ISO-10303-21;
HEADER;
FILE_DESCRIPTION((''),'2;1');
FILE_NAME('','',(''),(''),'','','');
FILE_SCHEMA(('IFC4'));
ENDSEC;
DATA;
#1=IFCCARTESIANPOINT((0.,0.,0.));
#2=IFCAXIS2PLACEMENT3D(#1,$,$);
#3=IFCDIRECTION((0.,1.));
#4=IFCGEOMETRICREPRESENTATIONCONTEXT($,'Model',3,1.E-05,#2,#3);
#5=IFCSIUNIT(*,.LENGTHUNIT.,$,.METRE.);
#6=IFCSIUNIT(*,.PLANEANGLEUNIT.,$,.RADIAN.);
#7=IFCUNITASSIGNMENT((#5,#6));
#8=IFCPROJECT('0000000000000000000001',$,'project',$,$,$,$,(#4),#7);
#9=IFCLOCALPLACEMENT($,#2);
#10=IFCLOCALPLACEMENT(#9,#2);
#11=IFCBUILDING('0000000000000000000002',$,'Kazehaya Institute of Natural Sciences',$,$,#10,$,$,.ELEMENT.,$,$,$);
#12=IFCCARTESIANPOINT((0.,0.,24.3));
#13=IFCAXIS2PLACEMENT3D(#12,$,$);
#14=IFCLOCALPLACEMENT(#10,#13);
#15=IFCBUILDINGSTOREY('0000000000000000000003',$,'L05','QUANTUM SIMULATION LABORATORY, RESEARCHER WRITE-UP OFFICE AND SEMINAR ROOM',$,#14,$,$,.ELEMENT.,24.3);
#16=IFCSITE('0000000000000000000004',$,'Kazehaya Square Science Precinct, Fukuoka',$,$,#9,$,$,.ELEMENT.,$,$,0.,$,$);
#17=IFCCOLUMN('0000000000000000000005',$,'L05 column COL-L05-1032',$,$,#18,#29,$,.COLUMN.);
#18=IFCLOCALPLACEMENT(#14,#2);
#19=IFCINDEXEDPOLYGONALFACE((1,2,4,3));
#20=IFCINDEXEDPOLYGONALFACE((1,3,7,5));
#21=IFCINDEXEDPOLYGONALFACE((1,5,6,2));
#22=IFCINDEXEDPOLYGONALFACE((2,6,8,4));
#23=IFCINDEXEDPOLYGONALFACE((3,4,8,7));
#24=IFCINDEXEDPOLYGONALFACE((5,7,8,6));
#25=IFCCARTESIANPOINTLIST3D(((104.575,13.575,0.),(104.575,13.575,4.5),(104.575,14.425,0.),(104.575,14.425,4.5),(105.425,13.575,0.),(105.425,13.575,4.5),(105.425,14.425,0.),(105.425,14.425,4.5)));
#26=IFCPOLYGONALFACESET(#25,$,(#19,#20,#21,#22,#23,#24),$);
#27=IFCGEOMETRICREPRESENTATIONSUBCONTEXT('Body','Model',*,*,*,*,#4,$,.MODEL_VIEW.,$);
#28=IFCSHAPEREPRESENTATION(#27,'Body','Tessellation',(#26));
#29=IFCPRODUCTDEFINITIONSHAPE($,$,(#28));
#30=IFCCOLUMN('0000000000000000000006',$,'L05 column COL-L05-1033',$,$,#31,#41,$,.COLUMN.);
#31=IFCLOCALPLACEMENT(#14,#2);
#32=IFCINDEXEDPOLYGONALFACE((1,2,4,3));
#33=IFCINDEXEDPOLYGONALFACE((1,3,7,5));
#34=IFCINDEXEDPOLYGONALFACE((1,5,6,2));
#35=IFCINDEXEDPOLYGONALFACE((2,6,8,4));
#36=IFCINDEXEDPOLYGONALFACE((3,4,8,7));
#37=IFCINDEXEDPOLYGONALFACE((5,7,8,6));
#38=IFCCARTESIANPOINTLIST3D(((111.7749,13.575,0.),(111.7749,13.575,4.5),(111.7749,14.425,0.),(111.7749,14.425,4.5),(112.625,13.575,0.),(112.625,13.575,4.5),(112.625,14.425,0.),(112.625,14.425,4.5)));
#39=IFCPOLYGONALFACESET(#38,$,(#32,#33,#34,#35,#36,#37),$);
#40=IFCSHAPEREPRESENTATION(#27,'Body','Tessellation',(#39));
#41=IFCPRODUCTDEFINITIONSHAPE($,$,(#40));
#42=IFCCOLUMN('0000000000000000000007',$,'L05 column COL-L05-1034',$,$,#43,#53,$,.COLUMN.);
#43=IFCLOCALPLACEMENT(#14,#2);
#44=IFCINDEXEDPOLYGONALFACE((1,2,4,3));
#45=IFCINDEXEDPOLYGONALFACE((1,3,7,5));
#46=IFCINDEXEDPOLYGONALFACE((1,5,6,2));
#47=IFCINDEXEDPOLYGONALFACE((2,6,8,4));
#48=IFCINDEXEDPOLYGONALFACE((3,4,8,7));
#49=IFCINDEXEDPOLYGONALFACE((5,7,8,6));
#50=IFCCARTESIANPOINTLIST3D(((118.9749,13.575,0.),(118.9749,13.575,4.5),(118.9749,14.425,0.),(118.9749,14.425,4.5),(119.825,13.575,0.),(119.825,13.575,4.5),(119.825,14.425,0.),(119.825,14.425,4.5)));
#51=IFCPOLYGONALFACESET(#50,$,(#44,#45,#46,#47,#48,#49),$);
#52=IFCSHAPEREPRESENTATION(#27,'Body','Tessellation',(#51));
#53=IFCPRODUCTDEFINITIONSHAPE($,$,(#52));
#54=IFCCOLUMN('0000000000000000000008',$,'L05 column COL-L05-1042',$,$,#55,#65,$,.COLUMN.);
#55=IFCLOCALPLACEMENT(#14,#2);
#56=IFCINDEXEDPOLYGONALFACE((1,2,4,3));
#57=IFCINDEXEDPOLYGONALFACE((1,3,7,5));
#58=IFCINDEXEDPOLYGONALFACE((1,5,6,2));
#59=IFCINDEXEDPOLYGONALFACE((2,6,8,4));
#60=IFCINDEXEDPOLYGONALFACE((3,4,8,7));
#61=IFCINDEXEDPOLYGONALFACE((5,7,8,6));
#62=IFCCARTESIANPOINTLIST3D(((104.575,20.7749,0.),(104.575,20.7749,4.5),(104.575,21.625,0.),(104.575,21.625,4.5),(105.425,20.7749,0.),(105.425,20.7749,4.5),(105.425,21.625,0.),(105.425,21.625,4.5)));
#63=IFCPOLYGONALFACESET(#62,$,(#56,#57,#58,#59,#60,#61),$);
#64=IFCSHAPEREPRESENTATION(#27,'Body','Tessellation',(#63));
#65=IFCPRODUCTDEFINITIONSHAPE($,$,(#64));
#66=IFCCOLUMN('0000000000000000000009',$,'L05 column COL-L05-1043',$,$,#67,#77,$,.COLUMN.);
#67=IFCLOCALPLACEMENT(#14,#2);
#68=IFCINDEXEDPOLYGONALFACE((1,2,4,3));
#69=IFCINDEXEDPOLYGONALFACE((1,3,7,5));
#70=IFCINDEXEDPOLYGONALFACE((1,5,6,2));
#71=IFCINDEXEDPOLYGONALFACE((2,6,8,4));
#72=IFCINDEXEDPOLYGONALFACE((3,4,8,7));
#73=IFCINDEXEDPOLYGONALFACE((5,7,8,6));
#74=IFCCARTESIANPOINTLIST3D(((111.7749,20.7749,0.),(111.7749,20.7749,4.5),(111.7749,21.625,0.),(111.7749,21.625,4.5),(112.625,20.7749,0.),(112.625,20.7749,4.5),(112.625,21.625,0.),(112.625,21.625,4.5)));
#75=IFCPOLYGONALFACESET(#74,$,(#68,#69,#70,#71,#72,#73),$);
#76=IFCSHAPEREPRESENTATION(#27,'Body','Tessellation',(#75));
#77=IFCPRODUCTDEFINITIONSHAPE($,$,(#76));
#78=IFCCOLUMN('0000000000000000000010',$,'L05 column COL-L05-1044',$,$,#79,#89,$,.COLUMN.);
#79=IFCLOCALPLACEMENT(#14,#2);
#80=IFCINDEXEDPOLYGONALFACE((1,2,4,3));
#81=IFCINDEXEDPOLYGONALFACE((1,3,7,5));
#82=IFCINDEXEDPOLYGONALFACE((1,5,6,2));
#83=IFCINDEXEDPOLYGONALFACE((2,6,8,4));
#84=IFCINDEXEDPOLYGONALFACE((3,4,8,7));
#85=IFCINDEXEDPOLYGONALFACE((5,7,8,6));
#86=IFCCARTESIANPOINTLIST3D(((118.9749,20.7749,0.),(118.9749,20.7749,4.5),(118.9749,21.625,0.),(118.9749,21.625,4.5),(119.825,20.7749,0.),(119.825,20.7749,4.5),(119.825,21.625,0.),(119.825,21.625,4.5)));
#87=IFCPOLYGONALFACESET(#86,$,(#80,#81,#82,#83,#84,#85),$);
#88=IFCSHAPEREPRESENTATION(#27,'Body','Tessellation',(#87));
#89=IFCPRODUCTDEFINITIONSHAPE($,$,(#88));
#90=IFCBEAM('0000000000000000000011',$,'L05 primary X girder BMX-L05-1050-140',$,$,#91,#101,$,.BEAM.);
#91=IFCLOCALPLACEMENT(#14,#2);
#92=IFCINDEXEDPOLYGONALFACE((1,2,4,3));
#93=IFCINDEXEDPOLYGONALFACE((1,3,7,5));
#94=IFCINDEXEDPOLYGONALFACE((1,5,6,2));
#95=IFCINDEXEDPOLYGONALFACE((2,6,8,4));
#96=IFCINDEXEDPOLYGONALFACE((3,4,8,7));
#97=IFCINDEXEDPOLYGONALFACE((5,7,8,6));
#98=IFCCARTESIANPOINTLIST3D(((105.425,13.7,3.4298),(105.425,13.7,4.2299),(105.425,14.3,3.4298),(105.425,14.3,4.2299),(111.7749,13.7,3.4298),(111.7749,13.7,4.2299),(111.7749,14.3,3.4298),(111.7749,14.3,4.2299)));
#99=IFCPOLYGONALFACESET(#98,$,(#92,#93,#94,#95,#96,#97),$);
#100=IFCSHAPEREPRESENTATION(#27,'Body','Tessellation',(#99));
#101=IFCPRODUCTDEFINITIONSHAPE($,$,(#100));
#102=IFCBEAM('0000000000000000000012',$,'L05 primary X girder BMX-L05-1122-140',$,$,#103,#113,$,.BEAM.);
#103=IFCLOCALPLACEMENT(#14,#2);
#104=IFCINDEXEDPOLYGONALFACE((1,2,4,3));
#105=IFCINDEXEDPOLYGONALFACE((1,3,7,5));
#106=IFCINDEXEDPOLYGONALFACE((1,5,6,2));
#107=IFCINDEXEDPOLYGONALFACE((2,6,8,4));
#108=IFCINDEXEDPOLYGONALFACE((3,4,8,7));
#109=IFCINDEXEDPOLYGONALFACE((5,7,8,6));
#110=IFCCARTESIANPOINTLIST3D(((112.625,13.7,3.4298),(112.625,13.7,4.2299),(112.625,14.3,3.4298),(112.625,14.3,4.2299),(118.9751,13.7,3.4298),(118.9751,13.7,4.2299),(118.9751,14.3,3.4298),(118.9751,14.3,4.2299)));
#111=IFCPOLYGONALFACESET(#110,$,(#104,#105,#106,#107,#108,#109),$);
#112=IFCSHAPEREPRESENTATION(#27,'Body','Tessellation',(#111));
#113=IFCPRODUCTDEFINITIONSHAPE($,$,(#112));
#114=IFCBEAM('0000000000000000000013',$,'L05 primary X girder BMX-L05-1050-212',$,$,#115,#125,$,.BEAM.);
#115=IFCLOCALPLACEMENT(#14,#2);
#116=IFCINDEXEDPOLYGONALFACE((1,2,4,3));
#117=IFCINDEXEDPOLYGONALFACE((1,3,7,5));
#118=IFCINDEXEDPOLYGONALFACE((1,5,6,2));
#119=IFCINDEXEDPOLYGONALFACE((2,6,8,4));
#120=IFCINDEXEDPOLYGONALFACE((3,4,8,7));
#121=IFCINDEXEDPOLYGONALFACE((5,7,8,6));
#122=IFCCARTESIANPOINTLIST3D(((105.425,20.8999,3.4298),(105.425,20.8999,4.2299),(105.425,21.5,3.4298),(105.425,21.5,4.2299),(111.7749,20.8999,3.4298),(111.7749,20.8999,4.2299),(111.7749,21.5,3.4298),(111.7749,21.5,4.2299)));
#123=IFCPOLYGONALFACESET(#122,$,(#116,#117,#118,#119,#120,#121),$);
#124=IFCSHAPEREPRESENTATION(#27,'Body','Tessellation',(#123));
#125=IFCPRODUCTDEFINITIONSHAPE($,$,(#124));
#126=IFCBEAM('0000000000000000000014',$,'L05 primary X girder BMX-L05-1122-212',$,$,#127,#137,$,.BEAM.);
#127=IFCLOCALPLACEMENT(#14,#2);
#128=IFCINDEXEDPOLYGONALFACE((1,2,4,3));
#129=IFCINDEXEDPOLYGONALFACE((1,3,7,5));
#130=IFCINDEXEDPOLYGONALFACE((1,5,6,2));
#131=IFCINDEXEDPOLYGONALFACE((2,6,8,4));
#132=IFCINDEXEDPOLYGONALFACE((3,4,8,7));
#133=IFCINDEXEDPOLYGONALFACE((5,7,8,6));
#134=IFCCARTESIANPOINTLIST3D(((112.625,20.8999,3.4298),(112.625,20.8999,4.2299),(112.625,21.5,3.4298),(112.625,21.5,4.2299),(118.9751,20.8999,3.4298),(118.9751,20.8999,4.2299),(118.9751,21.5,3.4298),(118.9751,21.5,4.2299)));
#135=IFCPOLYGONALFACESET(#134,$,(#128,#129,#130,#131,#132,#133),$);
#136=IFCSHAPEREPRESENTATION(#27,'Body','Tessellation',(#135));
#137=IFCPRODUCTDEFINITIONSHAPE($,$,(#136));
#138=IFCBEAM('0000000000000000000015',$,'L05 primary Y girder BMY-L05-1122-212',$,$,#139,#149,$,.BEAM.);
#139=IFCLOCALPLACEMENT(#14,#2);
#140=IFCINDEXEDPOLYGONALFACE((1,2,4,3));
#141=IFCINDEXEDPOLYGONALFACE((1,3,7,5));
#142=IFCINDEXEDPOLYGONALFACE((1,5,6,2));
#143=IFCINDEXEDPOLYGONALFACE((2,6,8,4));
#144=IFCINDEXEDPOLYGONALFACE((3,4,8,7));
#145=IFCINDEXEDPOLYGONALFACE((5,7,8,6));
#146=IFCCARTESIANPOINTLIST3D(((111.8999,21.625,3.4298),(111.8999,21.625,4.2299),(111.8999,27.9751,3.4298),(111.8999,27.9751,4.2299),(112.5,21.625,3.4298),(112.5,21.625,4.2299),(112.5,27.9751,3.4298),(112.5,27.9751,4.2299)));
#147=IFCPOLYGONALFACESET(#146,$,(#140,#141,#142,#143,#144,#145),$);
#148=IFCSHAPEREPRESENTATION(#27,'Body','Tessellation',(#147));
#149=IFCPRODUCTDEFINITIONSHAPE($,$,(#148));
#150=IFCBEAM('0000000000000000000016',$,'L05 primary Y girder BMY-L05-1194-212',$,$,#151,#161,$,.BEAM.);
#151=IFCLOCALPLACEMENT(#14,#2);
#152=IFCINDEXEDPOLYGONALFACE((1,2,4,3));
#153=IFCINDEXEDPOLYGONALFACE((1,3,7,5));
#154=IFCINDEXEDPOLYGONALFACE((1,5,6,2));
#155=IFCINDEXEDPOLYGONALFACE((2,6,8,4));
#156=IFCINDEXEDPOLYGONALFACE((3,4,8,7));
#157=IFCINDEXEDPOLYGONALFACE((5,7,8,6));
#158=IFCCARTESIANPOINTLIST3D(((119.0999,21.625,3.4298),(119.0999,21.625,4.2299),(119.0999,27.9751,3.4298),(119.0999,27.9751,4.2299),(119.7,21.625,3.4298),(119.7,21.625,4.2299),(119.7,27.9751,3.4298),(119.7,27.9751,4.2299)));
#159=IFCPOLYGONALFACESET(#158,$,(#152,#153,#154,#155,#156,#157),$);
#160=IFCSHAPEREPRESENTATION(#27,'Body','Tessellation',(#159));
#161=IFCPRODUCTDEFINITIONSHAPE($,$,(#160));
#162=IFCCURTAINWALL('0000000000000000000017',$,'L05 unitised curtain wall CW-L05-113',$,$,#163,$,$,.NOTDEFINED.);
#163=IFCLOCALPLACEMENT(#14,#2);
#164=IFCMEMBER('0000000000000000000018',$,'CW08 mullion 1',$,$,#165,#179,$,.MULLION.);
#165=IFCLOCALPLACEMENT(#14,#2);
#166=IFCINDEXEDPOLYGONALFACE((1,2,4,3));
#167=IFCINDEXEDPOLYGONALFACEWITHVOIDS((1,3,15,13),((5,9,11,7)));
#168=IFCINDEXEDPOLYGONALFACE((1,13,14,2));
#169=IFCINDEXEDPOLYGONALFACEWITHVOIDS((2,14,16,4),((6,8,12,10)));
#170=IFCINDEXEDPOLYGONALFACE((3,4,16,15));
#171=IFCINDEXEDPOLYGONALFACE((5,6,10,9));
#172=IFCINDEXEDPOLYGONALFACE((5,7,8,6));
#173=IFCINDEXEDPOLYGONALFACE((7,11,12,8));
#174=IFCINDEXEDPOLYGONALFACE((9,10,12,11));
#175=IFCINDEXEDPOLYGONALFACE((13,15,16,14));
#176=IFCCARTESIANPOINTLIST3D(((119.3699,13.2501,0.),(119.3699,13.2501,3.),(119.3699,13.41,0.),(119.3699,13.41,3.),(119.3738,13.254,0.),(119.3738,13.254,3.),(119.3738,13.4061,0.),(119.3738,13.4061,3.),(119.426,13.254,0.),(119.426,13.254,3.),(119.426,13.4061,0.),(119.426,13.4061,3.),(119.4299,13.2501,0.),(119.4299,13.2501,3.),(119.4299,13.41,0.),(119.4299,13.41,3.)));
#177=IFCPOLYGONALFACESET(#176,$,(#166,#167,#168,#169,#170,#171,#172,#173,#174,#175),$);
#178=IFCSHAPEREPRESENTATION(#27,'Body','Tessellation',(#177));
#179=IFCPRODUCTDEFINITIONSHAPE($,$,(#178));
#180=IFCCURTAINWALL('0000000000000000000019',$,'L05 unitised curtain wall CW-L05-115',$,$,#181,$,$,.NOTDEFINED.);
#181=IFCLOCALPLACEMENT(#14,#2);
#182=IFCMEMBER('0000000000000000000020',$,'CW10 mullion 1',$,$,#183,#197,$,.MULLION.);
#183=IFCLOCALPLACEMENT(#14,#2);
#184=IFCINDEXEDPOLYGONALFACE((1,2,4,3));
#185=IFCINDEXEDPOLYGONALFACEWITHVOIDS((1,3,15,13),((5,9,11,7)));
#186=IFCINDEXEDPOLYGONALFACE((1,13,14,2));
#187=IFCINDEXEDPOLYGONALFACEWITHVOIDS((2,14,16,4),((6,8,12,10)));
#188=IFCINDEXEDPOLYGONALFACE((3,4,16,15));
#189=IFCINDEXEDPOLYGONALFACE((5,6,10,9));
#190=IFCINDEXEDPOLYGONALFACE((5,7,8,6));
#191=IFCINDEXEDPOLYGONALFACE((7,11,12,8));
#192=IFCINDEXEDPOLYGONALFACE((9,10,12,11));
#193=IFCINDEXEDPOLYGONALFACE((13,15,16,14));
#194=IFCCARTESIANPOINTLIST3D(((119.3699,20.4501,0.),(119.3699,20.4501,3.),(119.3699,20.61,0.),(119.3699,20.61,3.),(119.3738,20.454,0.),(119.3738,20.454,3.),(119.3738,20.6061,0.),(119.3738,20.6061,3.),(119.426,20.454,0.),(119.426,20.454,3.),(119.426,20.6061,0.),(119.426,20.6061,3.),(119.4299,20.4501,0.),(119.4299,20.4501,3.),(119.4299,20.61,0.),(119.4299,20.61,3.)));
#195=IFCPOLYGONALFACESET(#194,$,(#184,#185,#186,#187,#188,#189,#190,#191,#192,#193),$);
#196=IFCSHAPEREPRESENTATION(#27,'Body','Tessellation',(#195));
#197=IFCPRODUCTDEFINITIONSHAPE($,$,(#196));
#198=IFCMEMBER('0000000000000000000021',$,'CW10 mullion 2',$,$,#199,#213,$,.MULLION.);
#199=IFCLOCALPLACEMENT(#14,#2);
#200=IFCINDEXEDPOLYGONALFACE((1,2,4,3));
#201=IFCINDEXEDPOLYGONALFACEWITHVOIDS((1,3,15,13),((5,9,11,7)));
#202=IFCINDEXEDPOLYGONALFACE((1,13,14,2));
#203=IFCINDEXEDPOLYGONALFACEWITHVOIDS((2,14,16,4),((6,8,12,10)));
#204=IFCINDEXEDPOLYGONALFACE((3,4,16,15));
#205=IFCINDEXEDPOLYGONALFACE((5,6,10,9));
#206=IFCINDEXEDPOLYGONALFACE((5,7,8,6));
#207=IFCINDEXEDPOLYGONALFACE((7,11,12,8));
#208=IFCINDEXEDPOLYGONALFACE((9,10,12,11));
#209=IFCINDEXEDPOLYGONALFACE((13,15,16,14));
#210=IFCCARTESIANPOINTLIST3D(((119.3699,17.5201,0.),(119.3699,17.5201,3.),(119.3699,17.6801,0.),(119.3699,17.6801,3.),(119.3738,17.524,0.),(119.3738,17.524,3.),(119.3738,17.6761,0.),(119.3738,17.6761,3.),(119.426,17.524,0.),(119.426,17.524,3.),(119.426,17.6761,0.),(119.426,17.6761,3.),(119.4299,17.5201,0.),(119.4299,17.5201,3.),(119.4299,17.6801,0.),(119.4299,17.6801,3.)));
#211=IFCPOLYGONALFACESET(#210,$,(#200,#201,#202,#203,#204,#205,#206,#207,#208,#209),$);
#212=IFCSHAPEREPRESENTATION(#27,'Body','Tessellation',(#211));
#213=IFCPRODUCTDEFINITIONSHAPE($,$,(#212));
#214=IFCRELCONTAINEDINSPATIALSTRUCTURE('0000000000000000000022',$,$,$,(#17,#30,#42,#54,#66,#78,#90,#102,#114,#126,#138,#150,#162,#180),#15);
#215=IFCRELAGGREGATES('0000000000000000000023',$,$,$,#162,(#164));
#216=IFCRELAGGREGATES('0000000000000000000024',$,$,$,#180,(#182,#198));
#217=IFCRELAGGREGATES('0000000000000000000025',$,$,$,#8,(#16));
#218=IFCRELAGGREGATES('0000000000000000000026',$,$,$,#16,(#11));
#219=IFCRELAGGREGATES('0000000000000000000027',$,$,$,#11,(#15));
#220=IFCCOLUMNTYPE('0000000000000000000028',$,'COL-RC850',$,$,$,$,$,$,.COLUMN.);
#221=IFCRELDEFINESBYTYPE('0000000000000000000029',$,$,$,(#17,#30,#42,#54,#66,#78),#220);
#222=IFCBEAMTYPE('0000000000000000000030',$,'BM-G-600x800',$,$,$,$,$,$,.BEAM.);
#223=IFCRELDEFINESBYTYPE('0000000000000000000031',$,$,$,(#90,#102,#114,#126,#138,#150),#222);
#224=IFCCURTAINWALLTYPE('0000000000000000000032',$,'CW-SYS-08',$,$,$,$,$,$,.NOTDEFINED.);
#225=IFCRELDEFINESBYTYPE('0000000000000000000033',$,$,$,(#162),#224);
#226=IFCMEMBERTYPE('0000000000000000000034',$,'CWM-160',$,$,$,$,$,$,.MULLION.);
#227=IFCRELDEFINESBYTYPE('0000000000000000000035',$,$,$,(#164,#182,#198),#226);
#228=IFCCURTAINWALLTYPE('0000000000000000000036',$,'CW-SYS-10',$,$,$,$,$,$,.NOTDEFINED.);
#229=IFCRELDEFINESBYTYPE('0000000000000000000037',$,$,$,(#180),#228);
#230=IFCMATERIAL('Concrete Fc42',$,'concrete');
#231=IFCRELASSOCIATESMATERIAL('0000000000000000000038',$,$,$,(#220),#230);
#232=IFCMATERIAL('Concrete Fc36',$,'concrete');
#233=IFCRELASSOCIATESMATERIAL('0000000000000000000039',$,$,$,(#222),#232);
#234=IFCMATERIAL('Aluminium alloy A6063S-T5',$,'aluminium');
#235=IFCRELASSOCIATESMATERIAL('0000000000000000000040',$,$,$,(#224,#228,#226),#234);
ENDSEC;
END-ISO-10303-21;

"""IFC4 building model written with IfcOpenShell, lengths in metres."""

from ifc_helpers import new_model, si_unit, direction, frame, origin, origin_2d, place, context, subcontext, project, spatial, rectangle, hollow_rectangle, extrude, material, material_profile, profile_set, type_object, element, aggregate, save


model = new_model("IFC4")

# Units and contexts
model_context = context("Model", 3, precision=1e-05, world=origin(), true_north=direction((0.0, 1.0)))
body_context = subcontext(model_context, "Body", "Model", "MODEL_VIEW")
ifc_project = project(units=[si_unit("LENGTHUNIT", "METRE"), si_unit("PLANEANGLEUNIT", "RADIAN")], contexts=[model_context])

# Site, building, storey
site_placement = place(None, origin())
site = spatial("IfcSite", under=ifc_project, at=site_placement, Name="Kazehaya Square Science Precinct, Fukuoka", CompositionType="ELEMENT", RefElevation=0.0)
building_placement = place(site_placement, origin())
building = spatial("IfcBuilding", under=site, at=building_placement, Name="Kazehaya Institute of Natural Sciences", CompositionType="ELEMENT")
storey_placement = place(building_placement, frame((0.0, 0.0, 24.3)))
storey = spatial("IfcBuildingStorey", under=building, at=storey_placement, Name="L05", Description="QUANTUM SIMULATION LABORATORY, RESEARCHER WRITE-UP OFFICE AND SEMINAR ROOM", CompositionType="ELEMENT", Elevation=24.3)

# Columns
ifc_material_1 = material(Name="Concrete Fc42", Category="concrete")
ifc_material_profile_1 = material_profile(ifc_material_1, rectangle(XDim=0.8501, YDim=0.8501, at=origin_2d()), Name="RC-850x850")
ifc_profile_set_1 = profile_set([ifc_material_profile_1], Name="Concrete Fc42")
column_type = type_object("IfcColumnType", Name="COL-RC850", PredefinedType="COLUMN", material=ifc_profile_set_1)
for number, where, z_axis, x_axis, name in (
    (1, (105.0, 14.0, 0.0), (0.0, 0.0, 1.0), (1.0, 0.0, 0.0), "L05 column COL-L05-1032"),
    (2, (112.2, 14.0, 0.0), (0.0, 0.0, 1.0), (1.0, 0.0, 0.0), "L05 column COL-L05-1033"),
    (3, (119.3999, 14.0, 0.0), (0.0, 0.0, 1.0), (1.0, 0.0, 0.0), "L05 column COL-L05-1034"),
    (4, (105.0, 21.2, 0.0), (0.0, 0.0, 1.0), (1.0, 0.0, 0.0), "L05 column COL-L05-1042"),
    (5, (112.2, 21.2, 0.0), (0.0, 0.0, 1.0), (1.0, 0.0, 0.0), "L05 column COL-L05-1043"),
    (6, (119.3999, 21.2, 0.0), (0.0, 0.0, 1.0), (1.0, 0.0, 0.0), "L05 column COL-L05-1044"),
):
    element("IfcColumn", number, at=place(storey_placement, frame(where, z_axis=z_axis, x_axis=x_axis)), inside=storey, type_object=column_type, Name=name, PredefinedType="COLUMN", context=body_context, shape_type="SweptSolid", body=[
        extrude(rectangle(XDim=0.8501, YDim=0.8501, at=origin_2d()), origin(), (0.0, 0.0, 1.0), 4.5),
    ])

# Beams
ifc_material_2 = material(Name="Concrete Fc36", Category="concrete")
ifc_material_profile_2 = material_profile(ifc_material_2, rectangle(XDim=0.6001, YDim=0.8, at=origin_2d()), Name="RC-600x800")
ifc_profile_set_2 = profile_set([ifc_material_profile_2], Name="Concrete Fc36")
beam_type = type_object("IfcBeamType", Name="BM-G-600x800", PredefinedType="BEAM", material=ifc_profile_set_2)
beam_1_placement = place(storey_placement, frame((105.425, 14.0, 3.8298), z_axis=(1.0, 0.0, 0.0), x_axis=(0.0, 1.0, 0.0)))
element("IfcBeam", 7, at=beam_1_placement, inside=storey, type_object=beam_type, Name="L05 primary X girder BMX-L05-1050-140", PredefinedType="BEAM", context=body_context, shape_type="SweptSolid", body=[
    extrude(rectangle(XDim=0.6001, YDim=0.8, at=origin_2d()), origin(), (0.0, 0.0, 1.0), 6.3499),
])
beam_2_placement = place(storey_placement, frame((112.625, 14.0, 3.8298), z_axis=(1.0, 0.0, 0.0), x_axis=(0.0, 1.0, 0.0)))
element("IfcBeam", 8, at=beam_2_placement, inside=storey, type_object=beam_type, Name="L05 primary X girder BMX-L05-1122-140", PredefinedType="BEAM", context=body_context, shape_type="SweptSolid", body=[
    extrude(rectangle(XDim=0.6001, YDim=0.8, at=origin_2d()), origin(), (0.0, 0.0, 1.0), 6.3501),
])
beam_3_placement = place(storey_placement, frame((105.425, 21.2, 3.8298), z_axis=(1.0, 0.0, 0.0), x_axis=(0.0, 1.0, 0.0)))
element("IfcBeam", 9, at=beam_3_placement, inside=storey, type_object=beam_type, Name="L05 primary X girder BMX-L05-1050-212", PredefinedType="BEAM", context=body_context, shape_type="SweptSolid", body=[
    extrude(rectangle(XDim=0.6001, YDim=0.8, at=origin_2d()), origin(), (0.0, 0.0, 1.0), 6.3499),
])
for number, where, z_axis, x_axis, name in (
    (10, (112.625, 21.2, 3.8298), (1.0, 0.0, 0.0), (0.0, 1.0, 0.0), "L05 primary X girder BMX-L05-1122-212"),
    (11, (112.2, 21.625, 3.8298), (0.0, 1.0, 0.0), (-1.0, 0.0, 0.0), "L05 primary Y girder BMY-L05-1122-212"),
    (12, (119.3999, 21.625, 3.8298), (0.0, 1.0, 0.0), (-1.0, 0.0, 0.0), "L05 primary Y girder BMY-L05-1194-212"),
):
    element("IfcBeam", number, at=place(storey_placement, frame(where, z_axis=z_axis, x_axis=x_axis)), inside=storey, type_object=beam_type, Name=name, PredefinedType="BEAM", context=body_context, shape_type="SweptSolid", body=[
        extrude(rectangle(XDim=0.6001, YDim=0.8, at=origin_2d()), origin(), (0.0, 0.0, 1.0), 6.3501),
    ])

# Curtain wall, member
ifc_material_3 = material(Name="Aluminium alloy A6063S-T5", Category="aluminium")
curtain_wall_type_1 = type_object("IfcCurtainWallType", Name="CW-SYS-08", PredefinedType="NOTDEFINED", material=ifc_material_3)
curtain_wall_1_placement = place(storey_placement, origin())
curtain_wall_1 = element("IfcCurtainWall", 13, at=curtain_wall_1_placement, inside=storey, type_object=curtain_wall_type_1, Name="L05 unitised curtain wall CW-L05-113", PredefinedType="NOTDEFINED")
ifc_material_profile_3 = material_profile(ifc_material_3, hollow_rectangle(XDim=0.0601, YDim=0.1599, WallThickness=0.0039, at=origin_2d()), Name="ALU-60x160x4")
ifc_profile_set_3 = profile_set([ifc_material_profile_3], Name="Aluminium alloy A6063S-T5")
member_type_1 = type_object("IfcMemberType", Name="CWM-160", PredefinedType="MULLION", material=ifc_profile_set_3)
member_1_placement = place(storey_placement, frame((119.3999, 13.3301, 0.0), z_axis=(0.0, 0.0, 1.0), x_axis=(1.0, 0.0, 0.0)))
member_1 = element("IfcMember", 14, at=member_1_placement, type_object=member_type_1, Name="CW08 mullion 1", PredefinedType="MULLION", context=body_context, shape_type="SweptSolid", body=[
    extrude(hollow_rectangle(XDim=0.0601, YDim=0.1599, WallThickness=0.0039, at=origin_2d()), origin(), (0.0, 0.0, 1.0), 3.0),
])

# Curtain wall, members
curtain_wall_type_2 = type_object("IfcCurtainWallType", Name="CW-SYS-10", PredefinedType="NOTDEFINED", material=ifc_material_3)
curtain_wall_2_placement = place(storey_placement, origin())
curtain_wall_2 = element("IfcCurtainWall", 15, at=curtain_wall_2_placement, inside=storey, type_object=curtain_wall_type_2, Name="L05 unitised curtain wall CW-L05-115", PredefinedType="NOTDEFINED")
member_2_placement = place(storey_placement, frame((119.3999, 20.53, 0.0), z_axis=(0.0, 0.0, 1.0), x_axis=(1.0, 0.0, 0.0)))
member_2 = element("IfcMember", 16, at=member_2_placement, type_object=member_type_1, Name="CW10 mullion 1", PredefinedType="MULLION", context=body_context, shape_type="SweptSolid", body=[
    extrude(hollow_rectangle(XDim=0.0601, YDim=0.1599, WallThickness=0.0039, at=origin_2d()), origin(), (0.0, 0.0, 1.0), 3.0),
])
member_3_placement = place(storey_placement, frame((119.3999, 17.6001, 0.0), z_axis=(0.0, 0.0, 1.0), x_axis=(1.0, 0.0, 0.0)))
member_3 = element("IfcMember", 17, at=member_3_placement, type_object=member_type_1, Name="CW10 mullion 2", PredefinedType="MULLION", context=body_context, shape_type="SweptSolid", body=[
    extrude(hollow_rectangle(XDim=0.0601, YDim=0.1599, WallThickness=0.0039, at=origin_2d()), origin(), (0.0, 0.0, 1.0), 3.0),
])

aggregate(curtain_wall_1, [member_1])

aggregate(curtain_wall_2, [member_2, member_3])

save(model, "model.ifc")
